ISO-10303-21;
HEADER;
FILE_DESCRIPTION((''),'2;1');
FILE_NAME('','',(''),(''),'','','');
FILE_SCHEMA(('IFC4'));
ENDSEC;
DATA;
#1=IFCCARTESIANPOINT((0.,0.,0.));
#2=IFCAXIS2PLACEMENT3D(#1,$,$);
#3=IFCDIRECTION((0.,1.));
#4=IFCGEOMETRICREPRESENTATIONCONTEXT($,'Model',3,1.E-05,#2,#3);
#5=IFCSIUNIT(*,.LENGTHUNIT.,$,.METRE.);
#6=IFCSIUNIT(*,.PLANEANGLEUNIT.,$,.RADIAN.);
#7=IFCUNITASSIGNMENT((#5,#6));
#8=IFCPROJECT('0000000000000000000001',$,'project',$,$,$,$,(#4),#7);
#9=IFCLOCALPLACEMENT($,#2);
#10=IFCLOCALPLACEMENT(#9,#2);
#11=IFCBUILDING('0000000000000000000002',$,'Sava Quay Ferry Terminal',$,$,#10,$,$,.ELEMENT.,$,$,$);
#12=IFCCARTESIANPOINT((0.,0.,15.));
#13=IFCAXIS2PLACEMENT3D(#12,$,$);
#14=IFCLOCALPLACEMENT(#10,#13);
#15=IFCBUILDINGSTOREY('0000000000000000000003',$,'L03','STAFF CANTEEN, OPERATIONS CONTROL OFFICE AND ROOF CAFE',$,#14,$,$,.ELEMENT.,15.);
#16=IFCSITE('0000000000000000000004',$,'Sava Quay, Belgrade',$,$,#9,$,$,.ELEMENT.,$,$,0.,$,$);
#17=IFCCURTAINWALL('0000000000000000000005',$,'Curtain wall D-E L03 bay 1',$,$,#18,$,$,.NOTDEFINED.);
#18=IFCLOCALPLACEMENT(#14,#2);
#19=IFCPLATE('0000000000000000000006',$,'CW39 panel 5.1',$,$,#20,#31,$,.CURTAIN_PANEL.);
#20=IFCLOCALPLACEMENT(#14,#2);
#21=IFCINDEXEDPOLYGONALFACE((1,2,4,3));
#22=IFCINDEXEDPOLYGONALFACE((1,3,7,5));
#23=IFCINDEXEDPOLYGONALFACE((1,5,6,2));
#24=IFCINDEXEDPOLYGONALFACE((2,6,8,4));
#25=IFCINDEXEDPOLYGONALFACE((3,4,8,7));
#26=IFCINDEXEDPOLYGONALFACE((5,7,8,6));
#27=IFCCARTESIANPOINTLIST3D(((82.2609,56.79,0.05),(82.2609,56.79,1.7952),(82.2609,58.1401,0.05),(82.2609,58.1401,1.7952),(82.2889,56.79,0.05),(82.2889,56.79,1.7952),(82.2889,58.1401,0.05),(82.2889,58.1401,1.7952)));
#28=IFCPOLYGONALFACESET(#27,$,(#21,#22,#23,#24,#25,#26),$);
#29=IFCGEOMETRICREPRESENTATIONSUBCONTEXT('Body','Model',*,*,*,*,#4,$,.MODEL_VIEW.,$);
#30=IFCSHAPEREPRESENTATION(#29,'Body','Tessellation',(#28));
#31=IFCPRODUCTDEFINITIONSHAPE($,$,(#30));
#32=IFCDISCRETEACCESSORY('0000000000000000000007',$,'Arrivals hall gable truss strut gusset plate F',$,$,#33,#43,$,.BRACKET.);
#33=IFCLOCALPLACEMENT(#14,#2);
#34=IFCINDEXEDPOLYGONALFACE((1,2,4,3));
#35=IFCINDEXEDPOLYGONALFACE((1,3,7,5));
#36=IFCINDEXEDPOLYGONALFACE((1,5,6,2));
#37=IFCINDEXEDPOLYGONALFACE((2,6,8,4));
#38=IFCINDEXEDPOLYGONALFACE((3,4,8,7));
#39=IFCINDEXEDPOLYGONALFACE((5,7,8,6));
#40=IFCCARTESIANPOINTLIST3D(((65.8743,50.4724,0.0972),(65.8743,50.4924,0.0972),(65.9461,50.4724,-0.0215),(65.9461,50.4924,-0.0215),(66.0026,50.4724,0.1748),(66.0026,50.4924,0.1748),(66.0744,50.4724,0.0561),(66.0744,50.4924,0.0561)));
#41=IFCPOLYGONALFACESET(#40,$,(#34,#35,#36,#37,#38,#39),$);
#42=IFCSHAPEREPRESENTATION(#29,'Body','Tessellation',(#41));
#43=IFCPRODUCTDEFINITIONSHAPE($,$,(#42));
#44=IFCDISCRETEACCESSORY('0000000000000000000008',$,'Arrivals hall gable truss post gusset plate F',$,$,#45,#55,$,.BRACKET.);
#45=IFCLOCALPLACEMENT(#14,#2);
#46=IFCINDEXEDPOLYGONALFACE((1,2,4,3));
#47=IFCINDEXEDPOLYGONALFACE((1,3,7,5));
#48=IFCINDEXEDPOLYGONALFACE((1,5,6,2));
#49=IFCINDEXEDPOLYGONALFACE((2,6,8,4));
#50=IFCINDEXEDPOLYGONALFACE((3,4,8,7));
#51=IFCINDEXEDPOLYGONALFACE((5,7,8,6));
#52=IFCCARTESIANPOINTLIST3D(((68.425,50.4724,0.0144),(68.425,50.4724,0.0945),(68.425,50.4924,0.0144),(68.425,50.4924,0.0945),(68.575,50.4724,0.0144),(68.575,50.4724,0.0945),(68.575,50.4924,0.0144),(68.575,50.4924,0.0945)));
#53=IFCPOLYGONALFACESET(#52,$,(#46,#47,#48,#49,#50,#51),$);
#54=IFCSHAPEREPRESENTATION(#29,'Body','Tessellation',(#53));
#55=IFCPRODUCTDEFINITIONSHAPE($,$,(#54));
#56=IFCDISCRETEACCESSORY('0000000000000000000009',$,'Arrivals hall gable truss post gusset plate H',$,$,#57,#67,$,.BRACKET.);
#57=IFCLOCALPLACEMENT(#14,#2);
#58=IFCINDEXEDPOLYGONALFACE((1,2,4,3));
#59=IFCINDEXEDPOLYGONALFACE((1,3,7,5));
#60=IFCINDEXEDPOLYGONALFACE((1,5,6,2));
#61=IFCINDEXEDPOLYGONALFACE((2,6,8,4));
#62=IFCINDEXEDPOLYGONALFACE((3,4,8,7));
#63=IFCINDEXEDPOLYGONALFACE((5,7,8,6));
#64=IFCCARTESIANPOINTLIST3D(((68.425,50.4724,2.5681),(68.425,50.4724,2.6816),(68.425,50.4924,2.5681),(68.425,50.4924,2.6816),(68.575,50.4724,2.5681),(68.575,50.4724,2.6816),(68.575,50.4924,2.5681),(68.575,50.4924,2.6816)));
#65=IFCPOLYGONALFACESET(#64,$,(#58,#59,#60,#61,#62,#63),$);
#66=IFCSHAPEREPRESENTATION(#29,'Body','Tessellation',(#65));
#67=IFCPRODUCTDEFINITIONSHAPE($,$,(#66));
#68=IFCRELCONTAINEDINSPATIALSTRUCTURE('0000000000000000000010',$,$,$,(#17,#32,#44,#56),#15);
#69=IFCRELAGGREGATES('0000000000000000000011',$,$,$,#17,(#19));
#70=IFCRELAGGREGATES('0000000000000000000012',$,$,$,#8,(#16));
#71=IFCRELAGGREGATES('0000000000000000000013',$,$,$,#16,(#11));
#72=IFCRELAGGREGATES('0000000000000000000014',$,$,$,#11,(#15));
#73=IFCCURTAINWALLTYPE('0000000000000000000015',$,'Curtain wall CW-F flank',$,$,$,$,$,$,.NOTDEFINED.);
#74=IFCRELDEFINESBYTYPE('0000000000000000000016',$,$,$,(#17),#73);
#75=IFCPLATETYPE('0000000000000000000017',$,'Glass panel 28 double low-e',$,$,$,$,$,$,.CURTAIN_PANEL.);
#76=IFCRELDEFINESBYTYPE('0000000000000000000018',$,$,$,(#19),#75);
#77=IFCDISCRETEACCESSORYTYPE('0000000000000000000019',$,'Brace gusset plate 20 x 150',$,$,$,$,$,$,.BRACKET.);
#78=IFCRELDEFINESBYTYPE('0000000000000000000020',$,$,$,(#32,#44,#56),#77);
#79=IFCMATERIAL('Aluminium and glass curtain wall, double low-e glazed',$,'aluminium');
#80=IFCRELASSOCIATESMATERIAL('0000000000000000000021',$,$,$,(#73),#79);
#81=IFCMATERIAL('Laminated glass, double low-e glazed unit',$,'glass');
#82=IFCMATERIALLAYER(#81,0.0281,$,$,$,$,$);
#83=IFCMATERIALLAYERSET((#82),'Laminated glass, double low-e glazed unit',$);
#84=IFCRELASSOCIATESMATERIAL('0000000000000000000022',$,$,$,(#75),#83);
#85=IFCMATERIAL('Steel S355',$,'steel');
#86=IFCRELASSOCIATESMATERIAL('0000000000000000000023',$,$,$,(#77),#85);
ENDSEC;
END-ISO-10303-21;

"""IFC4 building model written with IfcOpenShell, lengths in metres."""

from ifc_helpers import new_model, si_unit, direction, frame, origin, origin_2d, place, context, subcontext, project, spatial, rectangle, extrude, material, layer, layer_set, material_profile, profile_set, type_object, element, aggregate, save


model = new_model("IFC4")

# Units and contexts
model_context = context("Model", 3, precision=1e-05, world=origin(), true_north=direction((0.0, 1.0)))
body_context = subcontext(model_context, "Body", "Model", "MODEL_VIEW")
ifc_project = project(units=[si_unit("LENGTHUNIT", "METRE"), si_unit("PLANEANGLEUNIT", "RADIAN")], contexts=[model_context])

# Site, building, storey
site_placement = place(None, origin())
site = spatial("IfcSite", under=ifc_project, at=site_placement, Name="Sava Quay, Belgrade", CompositionType="ELEMENT", RefElevation=0.0)
building_placement = place(site_placement, origin())
building = spatial("IfcBuilding", under=site, at=building_placement, Name="Sava Quay Ferry Terminal", CompositionType="ELEMENT")
storey_placement = place(building_placement, frame((0.0, 0.0, 15.0)))
storey = spatial("IfcBuildingStorey", under=building, at=storey_placement, Name="L03", Description="STAFF CANTEEN, OPERATIONS CONTROL OFFICE AND ROOF CAFE", CompositionType="ELEMENT", Elevation=15.0)

# Curtain wall, plate
ifc_material_1 = material(Name="Aluminium and glass curtain wall, double low-e glazed", Category="aluminium")
curtain_wall_type = type_object("IfcCurtainWallType", Name="Curtain wall CW-F flank", PredefinedType="NOTDEFINED", material=ifc_material_1)
curtain_wall_placement = place(storey_placement, origin())
curtain_wall = element("IfcCurtainWall", 1, at=curtain_wall_placement, inside=storey, type_object=curtain_wall_type, Name="Curtain wall D-E L03 bay 1", PredefinedType="NOTDEFINED")
ifc_material_2 = material(Name="Laminated glass, double low-e glazed unit", Category="glass")
ifc_layer = layer(ifc_material_2, 0.0281)
ifc_layer_set = layer_set([ifc_layer], Name="Laminated glass, double low-e glazed unit")
plate_type = type_object("IfcPlateType", Name="Glass panel 28 double low-e", PredefinedType="CURTAIN_PANEL", material=ifc_layer_set)
plate_1_placement = place(storey_placement, frame((82.2749, 57.4651, 0.05), z_axis=(0.0, 0.0, 1.0), x_axis=(0.0, 1.0, 0.0)))
plate_1 = element("IfcPlate", 2, at=plate_1_placement, type_object=plate_type, Name="CW39 panel 5.1", PredefinedType="CURTAIN_PANEL", context=body_context, shape_type="SweptSolid", body=[
    extrude(rectangle(XDim=1.3501, YDim=0.0281, at=origin_2d()), origin(), (0.0, 0.0, 1.0), 1.7451),
])
aggregate(curtain_wall, [plate_1])

# Discrete accessories
ifc_material_3 = material(Name="Steel S355", Category="steel")
ifc_material_profile_1 = material_profile(ifc_material_3, rectangle(XDim=0.1499, YDim=0.02, at=origin_2d()), Name="Plate 150 x 20")
ifc_profile_set_1 = profile_set([ifc_material_profile_1], Name="Steel S355")
discrete_accessory_type = type_object("IfcDiscreteAccessoryType", Name="Brace gusset plate 20 x 150", PredefinedType="BRACKET", material=ifc_profile_set_1)
discrete_accessory_1_placement = place(storey_placement, frame((65.9385, 50.4824, 0.136), z_axis=(0.517599, 0.0, -0.855623), x_axis=(-0.855623, 0.0, -0.517599)))
element("IfcDiscreteAccessory", 3, at=discrete_accessory_1_placement, inside=storey, type_object=discrete_accessory_type, Name="Arrivals hall gable truss strut gusset plate F", PredefinedType="BRACKET", context=body_context, shape_type="SweptSolid", body=[
    extrude(rectangle(XDim=0.1499, YDim=0.02, at=origin_2d()), origin(), (0.0, 0.0, 1.0), 0.1387),
])
discrete_accessory_2_placement = place(storey_placement, frame((68.5, 50.4824, 0.0945), z_axis=(0.0, 0.0, -1.0), x_axis=(-1.0, 0.0, 0.0)))
element("IfcDiscreteAccessory", 4, at=discrete_accessory_2_placement, inside=storey, type_object=discrete_accessory_type, Name="Arrivals hall gable truss post gusset plate F", PredefinedType="BRACKET", context=body_context, shape_type="SweptSolid", body=[
    extrude(rectangle(XDim=0.1499, YDim=0.02, at=origin_2d()), origin(), (0.0, 0.0, 1.0), 0.0801),
])
discrete_accessory_3_placement = place(storey_placement, frame((68.5, 50.4824, 2.5681), z_axis=(0.0, 0.0, 1.0), x_axis=(1.0, 0.0, 0.0)))
element("IfcDiscreteAccessory", 5, at=discrete_accessory_3_placement, inside=storey, type_object=discrete_accessory_type, Name="Arrivals hall gable truss post gusset plate H", PredefinedType="BRACKET", context=body_context, shape_type="SweptSolid", body=[
    extrude(rectangle(XDim=0.1499, YDim=0.02, at=origin_2d()), origin(), (0.0, 0.0, 1.0), 0.1135),
])

save(model, "model.ifc")
